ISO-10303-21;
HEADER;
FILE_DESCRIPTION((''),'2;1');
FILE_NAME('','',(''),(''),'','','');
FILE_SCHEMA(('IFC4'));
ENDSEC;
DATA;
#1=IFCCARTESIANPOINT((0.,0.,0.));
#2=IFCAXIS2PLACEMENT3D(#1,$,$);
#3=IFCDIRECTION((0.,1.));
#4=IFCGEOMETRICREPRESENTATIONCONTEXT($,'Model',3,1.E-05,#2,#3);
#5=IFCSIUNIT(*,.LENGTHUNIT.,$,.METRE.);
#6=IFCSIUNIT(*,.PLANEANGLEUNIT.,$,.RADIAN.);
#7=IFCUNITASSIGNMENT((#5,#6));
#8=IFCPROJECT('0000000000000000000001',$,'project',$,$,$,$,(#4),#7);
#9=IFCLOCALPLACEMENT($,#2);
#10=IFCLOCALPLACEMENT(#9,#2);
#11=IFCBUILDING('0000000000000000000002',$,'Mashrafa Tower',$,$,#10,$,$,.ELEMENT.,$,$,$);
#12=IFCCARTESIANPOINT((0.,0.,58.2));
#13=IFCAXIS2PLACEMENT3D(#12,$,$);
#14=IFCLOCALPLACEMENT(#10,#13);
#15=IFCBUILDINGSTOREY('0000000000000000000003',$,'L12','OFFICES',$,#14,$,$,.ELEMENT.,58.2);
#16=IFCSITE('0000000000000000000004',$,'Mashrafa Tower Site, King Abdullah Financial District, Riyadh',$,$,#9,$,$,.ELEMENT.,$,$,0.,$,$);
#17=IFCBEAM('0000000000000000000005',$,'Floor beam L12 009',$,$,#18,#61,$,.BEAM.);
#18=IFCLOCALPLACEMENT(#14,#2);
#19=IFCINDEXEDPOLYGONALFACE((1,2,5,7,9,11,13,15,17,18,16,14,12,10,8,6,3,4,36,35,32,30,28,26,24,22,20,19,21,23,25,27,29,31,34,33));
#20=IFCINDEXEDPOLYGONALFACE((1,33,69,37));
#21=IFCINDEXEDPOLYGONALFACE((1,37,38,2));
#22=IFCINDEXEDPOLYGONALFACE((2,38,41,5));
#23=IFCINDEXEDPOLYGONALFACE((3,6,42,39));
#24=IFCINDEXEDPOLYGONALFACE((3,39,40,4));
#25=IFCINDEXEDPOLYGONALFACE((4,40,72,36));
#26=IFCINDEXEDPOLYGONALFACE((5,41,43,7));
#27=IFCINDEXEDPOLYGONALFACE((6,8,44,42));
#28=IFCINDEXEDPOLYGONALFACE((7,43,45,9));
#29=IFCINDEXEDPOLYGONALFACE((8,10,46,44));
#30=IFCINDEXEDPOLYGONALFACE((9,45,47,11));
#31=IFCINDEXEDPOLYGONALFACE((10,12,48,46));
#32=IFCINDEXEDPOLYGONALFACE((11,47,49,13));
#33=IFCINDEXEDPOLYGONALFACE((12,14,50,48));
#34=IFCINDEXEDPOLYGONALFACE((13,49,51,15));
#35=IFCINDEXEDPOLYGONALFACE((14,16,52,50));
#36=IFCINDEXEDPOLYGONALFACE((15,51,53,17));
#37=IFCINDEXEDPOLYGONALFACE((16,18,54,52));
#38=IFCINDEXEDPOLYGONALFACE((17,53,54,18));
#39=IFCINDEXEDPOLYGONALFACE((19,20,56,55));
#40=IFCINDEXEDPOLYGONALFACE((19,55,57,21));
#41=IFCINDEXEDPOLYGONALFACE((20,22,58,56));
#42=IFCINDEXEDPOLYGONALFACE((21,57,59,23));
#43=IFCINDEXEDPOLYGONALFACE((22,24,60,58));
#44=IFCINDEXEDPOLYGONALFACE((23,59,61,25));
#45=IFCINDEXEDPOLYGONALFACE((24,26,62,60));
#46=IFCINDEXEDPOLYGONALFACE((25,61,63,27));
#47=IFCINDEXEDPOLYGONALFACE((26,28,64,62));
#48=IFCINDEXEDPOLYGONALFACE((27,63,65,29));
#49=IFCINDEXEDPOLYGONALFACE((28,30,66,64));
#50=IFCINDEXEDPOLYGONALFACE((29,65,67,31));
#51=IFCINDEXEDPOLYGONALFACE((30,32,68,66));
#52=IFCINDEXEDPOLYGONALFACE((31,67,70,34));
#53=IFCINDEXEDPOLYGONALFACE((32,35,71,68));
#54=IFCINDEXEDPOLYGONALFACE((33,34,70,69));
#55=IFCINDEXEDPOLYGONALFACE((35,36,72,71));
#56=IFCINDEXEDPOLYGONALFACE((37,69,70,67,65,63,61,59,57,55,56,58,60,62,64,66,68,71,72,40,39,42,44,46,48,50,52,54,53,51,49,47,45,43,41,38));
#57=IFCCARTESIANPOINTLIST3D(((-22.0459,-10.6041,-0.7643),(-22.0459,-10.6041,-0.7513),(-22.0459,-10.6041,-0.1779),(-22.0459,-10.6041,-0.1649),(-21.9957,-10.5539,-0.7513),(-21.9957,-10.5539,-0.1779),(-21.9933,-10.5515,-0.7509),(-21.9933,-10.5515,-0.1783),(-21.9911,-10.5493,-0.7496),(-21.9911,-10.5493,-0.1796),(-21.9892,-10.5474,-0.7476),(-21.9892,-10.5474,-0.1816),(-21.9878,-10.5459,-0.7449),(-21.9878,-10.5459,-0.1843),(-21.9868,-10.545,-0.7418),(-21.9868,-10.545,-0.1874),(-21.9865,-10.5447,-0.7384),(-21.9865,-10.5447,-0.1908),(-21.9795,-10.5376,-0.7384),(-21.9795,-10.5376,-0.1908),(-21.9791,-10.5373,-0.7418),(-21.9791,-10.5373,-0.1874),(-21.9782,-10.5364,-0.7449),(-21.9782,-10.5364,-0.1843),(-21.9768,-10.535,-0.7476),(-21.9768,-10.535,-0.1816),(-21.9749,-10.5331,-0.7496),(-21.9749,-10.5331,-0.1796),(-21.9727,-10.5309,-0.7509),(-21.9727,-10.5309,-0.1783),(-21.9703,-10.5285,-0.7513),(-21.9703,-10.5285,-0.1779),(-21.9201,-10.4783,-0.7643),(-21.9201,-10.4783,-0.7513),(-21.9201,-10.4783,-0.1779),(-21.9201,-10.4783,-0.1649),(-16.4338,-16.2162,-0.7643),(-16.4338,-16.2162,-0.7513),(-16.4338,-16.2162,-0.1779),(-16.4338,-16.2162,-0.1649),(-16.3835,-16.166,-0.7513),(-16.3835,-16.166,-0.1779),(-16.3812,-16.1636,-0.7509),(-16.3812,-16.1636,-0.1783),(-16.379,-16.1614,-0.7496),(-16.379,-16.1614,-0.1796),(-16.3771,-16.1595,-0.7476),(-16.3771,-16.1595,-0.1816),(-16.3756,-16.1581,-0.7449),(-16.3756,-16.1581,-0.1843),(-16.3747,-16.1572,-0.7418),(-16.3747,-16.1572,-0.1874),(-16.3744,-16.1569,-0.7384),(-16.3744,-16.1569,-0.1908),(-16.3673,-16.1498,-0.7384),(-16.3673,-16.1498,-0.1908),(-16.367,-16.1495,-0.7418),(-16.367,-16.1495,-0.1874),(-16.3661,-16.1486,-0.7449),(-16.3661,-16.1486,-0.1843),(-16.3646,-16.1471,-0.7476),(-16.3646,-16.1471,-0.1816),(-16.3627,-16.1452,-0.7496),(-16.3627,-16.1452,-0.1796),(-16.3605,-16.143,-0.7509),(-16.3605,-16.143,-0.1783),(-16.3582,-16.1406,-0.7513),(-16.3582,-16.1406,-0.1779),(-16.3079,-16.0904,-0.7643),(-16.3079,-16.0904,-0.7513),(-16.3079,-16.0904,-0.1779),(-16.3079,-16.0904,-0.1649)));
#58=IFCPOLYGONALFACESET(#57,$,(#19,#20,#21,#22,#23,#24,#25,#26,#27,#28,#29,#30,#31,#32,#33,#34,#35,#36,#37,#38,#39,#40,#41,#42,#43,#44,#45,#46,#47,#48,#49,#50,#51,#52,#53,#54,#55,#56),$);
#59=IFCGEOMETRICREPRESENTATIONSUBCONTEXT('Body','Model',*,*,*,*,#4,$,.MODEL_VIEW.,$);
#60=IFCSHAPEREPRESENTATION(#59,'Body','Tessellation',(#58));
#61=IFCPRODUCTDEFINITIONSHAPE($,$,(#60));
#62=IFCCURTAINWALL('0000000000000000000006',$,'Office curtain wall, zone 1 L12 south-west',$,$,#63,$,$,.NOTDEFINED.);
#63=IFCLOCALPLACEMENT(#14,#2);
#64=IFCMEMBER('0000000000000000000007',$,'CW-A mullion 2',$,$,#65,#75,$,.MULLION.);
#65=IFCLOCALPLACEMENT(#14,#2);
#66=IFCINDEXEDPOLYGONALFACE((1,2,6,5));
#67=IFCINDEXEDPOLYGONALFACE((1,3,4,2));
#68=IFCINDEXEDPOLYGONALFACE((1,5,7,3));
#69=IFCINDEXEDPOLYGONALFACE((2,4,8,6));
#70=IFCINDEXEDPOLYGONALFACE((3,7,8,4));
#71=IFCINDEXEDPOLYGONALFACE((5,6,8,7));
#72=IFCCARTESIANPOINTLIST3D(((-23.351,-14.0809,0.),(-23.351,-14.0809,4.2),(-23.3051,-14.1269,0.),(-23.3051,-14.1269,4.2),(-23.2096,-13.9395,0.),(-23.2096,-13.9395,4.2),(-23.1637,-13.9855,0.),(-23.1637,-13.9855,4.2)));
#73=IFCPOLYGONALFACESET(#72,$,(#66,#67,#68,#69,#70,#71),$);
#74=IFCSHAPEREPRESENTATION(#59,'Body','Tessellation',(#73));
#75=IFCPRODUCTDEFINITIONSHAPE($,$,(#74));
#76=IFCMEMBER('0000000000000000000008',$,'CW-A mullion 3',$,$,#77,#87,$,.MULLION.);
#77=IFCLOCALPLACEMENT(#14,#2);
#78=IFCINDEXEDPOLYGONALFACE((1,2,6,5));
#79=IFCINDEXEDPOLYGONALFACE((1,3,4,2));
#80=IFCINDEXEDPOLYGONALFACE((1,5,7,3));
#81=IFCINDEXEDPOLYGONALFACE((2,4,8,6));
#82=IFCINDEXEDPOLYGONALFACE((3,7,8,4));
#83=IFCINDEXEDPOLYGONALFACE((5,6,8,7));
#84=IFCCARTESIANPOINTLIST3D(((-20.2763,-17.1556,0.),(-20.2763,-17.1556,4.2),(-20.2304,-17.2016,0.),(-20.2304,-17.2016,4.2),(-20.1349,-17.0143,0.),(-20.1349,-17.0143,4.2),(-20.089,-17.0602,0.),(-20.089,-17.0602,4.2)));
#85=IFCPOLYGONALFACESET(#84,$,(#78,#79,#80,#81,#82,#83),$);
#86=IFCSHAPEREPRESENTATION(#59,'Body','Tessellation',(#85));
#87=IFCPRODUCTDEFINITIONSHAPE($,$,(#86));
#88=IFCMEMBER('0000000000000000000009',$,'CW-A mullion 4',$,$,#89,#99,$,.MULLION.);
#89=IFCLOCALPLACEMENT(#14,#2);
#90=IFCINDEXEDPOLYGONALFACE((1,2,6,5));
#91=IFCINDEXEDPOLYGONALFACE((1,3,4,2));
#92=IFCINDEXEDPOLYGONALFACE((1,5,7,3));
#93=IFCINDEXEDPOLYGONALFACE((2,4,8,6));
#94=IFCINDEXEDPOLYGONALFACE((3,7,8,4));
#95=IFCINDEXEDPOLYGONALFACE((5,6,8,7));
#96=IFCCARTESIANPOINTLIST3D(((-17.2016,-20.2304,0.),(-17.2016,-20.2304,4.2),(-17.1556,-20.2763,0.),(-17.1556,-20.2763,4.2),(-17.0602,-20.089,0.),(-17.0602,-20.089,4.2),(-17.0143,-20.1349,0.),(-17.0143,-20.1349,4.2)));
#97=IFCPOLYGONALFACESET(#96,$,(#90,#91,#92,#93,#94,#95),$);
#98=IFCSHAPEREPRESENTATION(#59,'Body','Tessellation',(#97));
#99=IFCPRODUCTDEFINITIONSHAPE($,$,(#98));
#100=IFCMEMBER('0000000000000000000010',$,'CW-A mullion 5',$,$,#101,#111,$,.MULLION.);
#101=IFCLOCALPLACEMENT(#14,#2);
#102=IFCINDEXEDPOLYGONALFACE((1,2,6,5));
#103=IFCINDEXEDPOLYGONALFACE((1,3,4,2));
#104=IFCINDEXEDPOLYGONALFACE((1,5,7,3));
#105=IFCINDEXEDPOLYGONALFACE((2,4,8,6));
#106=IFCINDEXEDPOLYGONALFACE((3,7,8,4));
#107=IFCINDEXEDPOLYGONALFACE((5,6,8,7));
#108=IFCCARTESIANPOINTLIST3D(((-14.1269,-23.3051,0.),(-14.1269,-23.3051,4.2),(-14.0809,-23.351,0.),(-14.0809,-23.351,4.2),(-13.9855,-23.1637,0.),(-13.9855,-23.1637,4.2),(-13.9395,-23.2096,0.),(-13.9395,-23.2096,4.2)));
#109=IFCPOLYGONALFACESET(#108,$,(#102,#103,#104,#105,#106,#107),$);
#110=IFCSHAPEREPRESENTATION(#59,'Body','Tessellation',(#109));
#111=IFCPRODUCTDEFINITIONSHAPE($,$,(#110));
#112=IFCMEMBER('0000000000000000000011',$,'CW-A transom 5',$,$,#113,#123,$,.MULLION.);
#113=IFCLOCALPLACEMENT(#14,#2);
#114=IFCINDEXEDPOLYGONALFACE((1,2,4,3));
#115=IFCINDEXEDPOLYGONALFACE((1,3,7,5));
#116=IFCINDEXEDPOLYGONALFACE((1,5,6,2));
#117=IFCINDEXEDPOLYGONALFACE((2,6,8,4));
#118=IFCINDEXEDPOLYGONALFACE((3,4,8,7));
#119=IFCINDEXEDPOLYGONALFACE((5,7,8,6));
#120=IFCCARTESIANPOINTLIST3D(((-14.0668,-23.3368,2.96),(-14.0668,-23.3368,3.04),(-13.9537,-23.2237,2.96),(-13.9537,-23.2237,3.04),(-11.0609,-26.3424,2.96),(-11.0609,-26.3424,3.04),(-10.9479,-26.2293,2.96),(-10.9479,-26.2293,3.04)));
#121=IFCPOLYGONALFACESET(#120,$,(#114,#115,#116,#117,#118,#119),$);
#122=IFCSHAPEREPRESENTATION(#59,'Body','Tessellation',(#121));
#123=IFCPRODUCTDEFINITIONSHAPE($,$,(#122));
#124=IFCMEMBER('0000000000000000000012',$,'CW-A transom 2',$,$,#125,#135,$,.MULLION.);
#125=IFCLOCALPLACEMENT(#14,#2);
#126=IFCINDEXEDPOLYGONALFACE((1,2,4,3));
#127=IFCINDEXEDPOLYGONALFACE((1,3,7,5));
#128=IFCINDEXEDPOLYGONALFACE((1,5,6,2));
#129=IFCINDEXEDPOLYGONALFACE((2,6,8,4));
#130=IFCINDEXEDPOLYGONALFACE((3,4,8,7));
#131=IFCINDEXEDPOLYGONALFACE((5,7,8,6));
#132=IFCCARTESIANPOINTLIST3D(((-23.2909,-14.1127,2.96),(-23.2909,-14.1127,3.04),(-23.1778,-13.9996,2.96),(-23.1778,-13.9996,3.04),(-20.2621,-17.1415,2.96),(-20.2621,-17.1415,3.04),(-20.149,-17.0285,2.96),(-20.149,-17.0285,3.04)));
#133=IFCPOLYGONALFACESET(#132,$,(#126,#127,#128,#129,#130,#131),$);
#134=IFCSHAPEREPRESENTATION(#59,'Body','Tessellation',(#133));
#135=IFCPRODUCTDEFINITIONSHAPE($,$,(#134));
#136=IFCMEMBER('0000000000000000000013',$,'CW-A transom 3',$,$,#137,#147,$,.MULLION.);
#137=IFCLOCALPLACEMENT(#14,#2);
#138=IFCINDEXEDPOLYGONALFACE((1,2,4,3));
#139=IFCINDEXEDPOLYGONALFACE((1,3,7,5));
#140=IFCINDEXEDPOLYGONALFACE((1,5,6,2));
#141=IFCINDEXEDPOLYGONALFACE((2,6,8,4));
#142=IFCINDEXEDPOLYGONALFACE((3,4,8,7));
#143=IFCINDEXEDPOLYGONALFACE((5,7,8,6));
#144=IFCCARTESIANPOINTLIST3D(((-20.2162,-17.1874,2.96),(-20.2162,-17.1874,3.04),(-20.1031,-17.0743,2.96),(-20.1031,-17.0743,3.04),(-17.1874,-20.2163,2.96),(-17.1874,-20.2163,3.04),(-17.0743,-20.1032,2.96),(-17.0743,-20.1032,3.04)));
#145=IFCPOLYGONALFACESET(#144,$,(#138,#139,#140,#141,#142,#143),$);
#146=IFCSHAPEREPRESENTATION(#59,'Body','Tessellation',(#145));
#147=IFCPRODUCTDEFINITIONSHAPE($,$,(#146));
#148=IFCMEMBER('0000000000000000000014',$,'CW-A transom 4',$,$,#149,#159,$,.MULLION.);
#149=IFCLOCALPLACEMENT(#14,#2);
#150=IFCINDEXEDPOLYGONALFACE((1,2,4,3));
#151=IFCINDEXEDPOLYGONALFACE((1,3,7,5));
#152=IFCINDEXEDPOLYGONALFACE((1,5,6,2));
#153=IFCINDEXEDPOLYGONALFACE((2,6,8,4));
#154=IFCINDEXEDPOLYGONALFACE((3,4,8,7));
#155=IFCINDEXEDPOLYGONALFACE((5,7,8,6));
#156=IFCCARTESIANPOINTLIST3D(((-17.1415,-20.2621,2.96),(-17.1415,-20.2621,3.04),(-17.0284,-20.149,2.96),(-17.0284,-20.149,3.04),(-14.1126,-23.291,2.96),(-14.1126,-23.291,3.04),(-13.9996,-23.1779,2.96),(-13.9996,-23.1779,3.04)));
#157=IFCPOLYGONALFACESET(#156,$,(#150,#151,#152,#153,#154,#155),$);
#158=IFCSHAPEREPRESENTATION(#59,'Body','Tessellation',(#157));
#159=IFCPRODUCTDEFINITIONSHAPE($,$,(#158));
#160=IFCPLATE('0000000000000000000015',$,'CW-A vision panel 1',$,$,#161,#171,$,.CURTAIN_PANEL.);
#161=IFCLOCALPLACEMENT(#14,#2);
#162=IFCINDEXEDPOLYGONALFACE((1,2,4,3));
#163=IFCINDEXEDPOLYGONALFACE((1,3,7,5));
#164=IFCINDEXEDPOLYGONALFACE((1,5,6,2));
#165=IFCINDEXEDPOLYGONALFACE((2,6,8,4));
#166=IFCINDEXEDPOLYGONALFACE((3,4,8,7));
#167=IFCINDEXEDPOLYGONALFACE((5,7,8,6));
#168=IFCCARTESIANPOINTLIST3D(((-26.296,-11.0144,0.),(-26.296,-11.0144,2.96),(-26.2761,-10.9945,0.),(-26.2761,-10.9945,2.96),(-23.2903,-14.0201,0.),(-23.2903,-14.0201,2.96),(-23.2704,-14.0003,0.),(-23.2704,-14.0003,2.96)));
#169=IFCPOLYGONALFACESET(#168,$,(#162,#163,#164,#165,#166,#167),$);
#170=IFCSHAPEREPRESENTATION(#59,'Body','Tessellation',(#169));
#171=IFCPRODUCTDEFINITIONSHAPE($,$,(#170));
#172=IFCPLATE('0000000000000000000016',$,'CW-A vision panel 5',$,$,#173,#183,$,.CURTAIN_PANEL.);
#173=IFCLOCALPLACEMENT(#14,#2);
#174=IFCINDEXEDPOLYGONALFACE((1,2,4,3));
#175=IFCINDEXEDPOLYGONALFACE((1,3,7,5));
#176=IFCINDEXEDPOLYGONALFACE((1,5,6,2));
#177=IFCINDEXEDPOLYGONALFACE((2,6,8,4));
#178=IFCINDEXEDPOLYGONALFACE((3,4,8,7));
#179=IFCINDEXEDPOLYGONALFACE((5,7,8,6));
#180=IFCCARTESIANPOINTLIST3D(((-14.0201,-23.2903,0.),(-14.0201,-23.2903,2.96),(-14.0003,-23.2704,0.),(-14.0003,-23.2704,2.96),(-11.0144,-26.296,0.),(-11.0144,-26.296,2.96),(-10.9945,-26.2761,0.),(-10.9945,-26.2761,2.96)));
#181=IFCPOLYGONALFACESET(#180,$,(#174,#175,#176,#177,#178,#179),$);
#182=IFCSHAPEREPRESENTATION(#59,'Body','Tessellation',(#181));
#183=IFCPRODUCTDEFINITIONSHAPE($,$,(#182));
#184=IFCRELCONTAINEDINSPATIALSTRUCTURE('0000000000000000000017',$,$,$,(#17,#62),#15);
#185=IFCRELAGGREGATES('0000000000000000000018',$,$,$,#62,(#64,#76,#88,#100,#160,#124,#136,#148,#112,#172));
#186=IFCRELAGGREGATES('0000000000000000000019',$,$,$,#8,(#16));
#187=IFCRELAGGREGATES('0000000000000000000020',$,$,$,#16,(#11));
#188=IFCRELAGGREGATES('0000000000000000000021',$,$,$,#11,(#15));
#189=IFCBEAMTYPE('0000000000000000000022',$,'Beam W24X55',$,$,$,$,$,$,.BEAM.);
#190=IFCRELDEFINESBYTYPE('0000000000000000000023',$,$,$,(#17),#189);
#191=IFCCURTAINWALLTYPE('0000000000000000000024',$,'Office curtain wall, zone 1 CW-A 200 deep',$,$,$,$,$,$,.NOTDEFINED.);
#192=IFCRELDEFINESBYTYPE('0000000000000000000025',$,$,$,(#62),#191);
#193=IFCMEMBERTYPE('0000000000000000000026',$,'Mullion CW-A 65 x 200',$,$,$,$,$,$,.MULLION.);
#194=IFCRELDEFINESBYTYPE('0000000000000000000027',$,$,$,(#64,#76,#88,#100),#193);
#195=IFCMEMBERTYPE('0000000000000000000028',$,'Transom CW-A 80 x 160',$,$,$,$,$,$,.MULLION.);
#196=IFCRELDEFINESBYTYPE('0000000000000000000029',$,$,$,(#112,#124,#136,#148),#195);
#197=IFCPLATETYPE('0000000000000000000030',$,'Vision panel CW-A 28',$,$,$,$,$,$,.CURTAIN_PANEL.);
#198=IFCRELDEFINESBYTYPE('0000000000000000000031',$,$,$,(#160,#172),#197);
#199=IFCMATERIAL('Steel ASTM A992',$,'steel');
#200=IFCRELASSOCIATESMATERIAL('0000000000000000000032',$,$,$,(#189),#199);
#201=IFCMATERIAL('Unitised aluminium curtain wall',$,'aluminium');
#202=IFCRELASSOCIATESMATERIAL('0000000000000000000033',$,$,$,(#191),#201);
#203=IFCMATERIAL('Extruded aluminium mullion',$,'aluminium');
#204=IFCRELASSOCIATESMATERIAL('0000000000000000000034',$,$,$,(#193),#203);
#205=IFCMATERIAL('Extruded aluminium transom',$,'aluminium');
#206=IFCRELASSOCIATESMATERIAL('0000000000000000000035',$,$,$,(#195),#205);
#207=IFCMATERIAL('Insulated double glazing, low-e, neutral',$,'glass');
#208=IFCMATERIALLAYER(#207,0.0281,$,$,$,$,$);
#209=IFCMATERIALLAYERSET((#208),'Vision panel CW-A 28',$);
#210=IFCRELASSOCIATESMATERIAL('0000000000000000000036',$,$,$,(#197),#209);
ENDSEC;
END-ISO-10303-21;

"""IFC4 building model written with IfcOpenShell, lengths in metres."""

from ifc_helpers import new_model, si_unit, direction, frame, origin, origin_2d, place, context, subcontext, project, spatial, rectangle, i_section, extrude, source, transform, mapped, material, layer, layer_set, material_profile, profile_set, type_object, type_shapes, element, aggregate, save


model = new_model("IFC4")

# Units and contexts
model_context = context("Model", 3, precision=1e-05, world=origin(), true_north=direction((0.0, 1.0)))
body_context = subcontext(model_context, "Body", "Model", "MODEL_VIEW")
ifc_project = project(units=[si_unit("LENGTHUNIT", "METRE"), si_unit("PLANEANGLEUNIT", "RADIAN")], contexts=[model_context])

# Site, building, storey
site_placement = place(None, origin())
site = spatial("IfcSite", under=ifc_project, at=site_placement, Name="Mashrafa Tower Site, King Abdullah Financial District, Riyadh", CompositionType="ELEMENT", RefElevation=0.0)
building_placement = place(site_placement, origin())
building = spatial("IfcBuilding", under=site, at=building_placement, Name="Mashrafa Tower", CompositionType="ELEMENT")
storey_placement = place(building_placement, frame((0.0, 0.0, 58.2)))
storey = spatial("IfcBuildingStorey", under=building, at=storey_placement, Name="L12", Description="OFFICES", CompositionType="ELEMENT", Elevation=58.2)

# Beam
ifc_material_1 = material(Name="Steel ASTM A992", Category="steel")
ifc_material_profile_1 = material_profile(ifc_material_1, i_section(OverallWidth=0.178, OverallDepth=0.5994, WebThickness=0.01, FlangeThickness=0.0129, FilletRadius=0.0129, at=origin_2d()), Name="W24X55")
ifc_profile_set_1 = profile_set([ifc_material_profile_1], Name="Steel ASTM A992")
beam_type_1 = type_object("IfcBeamType", Name="Beam W24X55", PredefinedType="BEAM", material=ifc_profile_set_1)
beam_1_placement = place(storey_placement, frame((-16.3708, -16.1533, -0.4646), z_axis=(-0.707107, 0.707107, 0.0), x_axis=(-0.707107, -0.707107, 0.0)))
element("IfcBeam", 1, at=beam_1_placement, inside=storey, type_object=beam_type_1, Name="Floor beam L12 009", PredefinedType="BEAM", context=body_context, shape_type="SweptSolid", body=[
    extrude(i_section(OverallWidth=0.178, OverallDepth=0.5994, WebThickness=0.01, FlangeThickness=0.0129, FilletRadius=0.0129, at=origin_2d()), origin(), (0.0, 0.0, 1.0), 7.9368),
])

# Curtain wall, members, plates
ifc_material_2 = material(Name="Unitised aluminium curtain wall", Category="aluminium")
curtain_wall_type = type_object("IfcCurtainWallType", Name="Office curtain wall, zone 1 CW-A 200 deep", PredefinedType="NOTDEFINED", material=ifc_material_2)
curtain_wall_placement = place(storey_placement, origin())
curtain_wall = element("IfcCurtainWall", 2, at=curtain_wall_placement, inside=storey, type_object=curtain_wall_type, Name="Office curtain wall, zone 1 L12 south-west", PredefinedType="NOTDEFINED")
ifc_material_3 = material(Name="Extruded aluminium mullion", Category="aluminium")
ifc_material_profile_2 = material_profile(ifc_material_3, rectangle(XDim=0.2, YDim=0.0649, at=origin_2d()), Name="Mullion 65x200")
ifc_profile_set_2 = profile_set([ifc_material_profile_2], Name="Extruded aluminium mullion")
member_type_1 = type_object("IfcMemberType", Name="Mullion CW-A 65 x 200", PredefinedType="MULLION", material=ifc_profile_set_2)
shared_shape_1 = source(origin(), body_context, "Body", "SweptSolid", [
    extrude(rectangle(XDim=0.2, YDim=0.0649, at=origin_2d()), origin(), (0.0, 0.0, 1.0), 4.2),
])
type_shapes(member_type_1, [shared_shape_1])
member_1_placement = place(storey_placement, frame((-23.2573, -14.0332, 0.0), z_axis=(0.0, 0.0, 1.0), x_axis=(0.707107, 0.707107, 0.0)))
member_1 = element("IfcMember", 3, at=member_1_placement, type_object=member_type_1, Name="CW-A mullion 2", PredefinedType="MULLION", context=body_context, shape_type="MappedRepresentation", body=[
    mapped(shared_shape_1, transform((0.0, 0.0, 0.0))),
])
member_2_placement = place(storey_placement, frame((-20.1826, -17.1079, 0.0), z_axis=(0.0, 0.0, 1.0), x_axis=(0.707107, 0.707107, 0.0)))
member_2 = element("IfcMember", 4, at=member_2_placement, type_object=member_type_1, Name="CW-A mullion 3", PredefinedType="MULLION", context=body_context, shape_type="MappedRepresentation", body=[
    mapped(shared_shape_1, transform((0.0, 0.0, 0.0))),
])
member_3_placement = place(storey_placement, frame((-17.1079, -20.1826, 0.0), z_axis=(0.0, 0.0, 1.0), x_axis=(0.707107, 0.707107, 0.0)))
member_3 = element("IfcMember", 5, at=member_3_placement, type_object=member_type_1, Name="CW-A mullion 4", PredefinedType="MULLION", context=body_context, shape_type="MappedRepresentation", body=[
    mapped(shared_shape_1, transform((0.0, 0.0, 0.0))),
])
member_4_placement = place(storey_placement, frame((-14.0332, -23.2573, 0.0), z_axis=(0.0, 0.0, 1.0), x_axis=(0.707107, 0.707107, 0.0)))
member_4 = element("IfcMember", 6, at=member_4_placement, type_object=member_type_1, Name="CW-A mullion 5", PredefinedType="MULLION", context=body_context, shape_type="MappedRepresentation", body=[
    mapped(shared_shape_1, transform((0.0, 0.0, 0.0))),
])
ifc_material_4 = material(Name="Extruded aluminium transom", Category="aluminium")
ifc_material_profile_3 = material_profile(ifc_material_4, rectangle(XDim=0.1599, YDim=0.0801, at=origin_2d()), Name="Transom 80x160")
ifc_profile_set_3 = profile_set([ifc_material_profile_3], Name="Extruded aluminium transom")
member_type_2 = type_object("IfcMemberType", Name="Transom CW-A 80 x 160", PredefinedType="MULLION", material=ifc_profile_set_3)
shared_shape_2 = source(origin(), body_context, "Body", "SweptSolid", [
    extrude(rectangle(XDim=0.1599, YDim=0.0801, at=origin_2d()), origin(), (0.0, 0.0, 1.0), 4.2507),
])
member_5_placement = place(storey_placement, frame((-14.0103, -23.2803, 3.0), z_axis=(0.707135, -0.707078, 0.0), x_axis=(0.707078, 0.707135, 0.0)))
member_5 = element("IfcMember", 7, at=member_5_placement, type_object=member_type_2, Name="CW-A transom 5", PredefinedType="MULLION", context=body_context, shape_type="MappedRepresentation", body=[
    mapped(shared_shape_2, transform((0.0, 0.0, 0.0))),
])
shared_shape_3 = source(origin(), body_context, "Body", "SweptSolid", [
    extrude(rectangle(XDim=0.1599, YDim=0.0801, at=origin_2d()), origin(), (0.0, 0.0, 1.0), 4.2834),
])
type_shapes(member_type_2, [shared_shape_2, shared_shape_3])
member_6_placement = place(storey_placement, frame((-23.2344, -14.0562, 3.0), z_axis=(0.707107, -0.707107, 0.0), x_axis=(0.707107, 0.707107, 0.0)))
member_6 = element("IfcMember", 8, at=member_6_placement, type_object=member_type_2, Name="CW-A transom 2", PredefinedType="MULLION", context=body_context, shape_type="MappedRepresentation", body=[
    mapped(shared_shape_3, transform((0.0, 0.0, 0.0))),
])
member_7_placement = place(storey_placement, frame((-20.1597, -17.1309, 3.0), z_axis=(0.707107, -0.707107, 0.0), x_axis=(0.707107, 0.707107, 0.0)))
member_7 = element("IfcMember", 9, at=member_7_placement, type_object=member_type_2, Name="CW-A transom 3", PredefinedType="MULLION", context=body_context, shape_type="MappedRepresentation", body=[
    mapped(shared_shape_3, transform((0.0, 0.0, 0.0))),
])
member_8_placement = place(storey_placement, frame((-17.085, -20.2056, 3.0), z_axis=(0.707107, -0.707107, 0.0), x_axis=(0.707107, 0.707107, 0.0)))
member_8 = element("IfcMember", 10, at=member_8_placement, type_object=member_type_2, Name="CW-A transom 4", PredefinedType="MULLION", context=body_context, shape_type="MappedRepresentation", body=[
    mapped(shared_shape_3, transform((0.0, 0.0, 0.0))),
])
ifc_material_5 = material(Name="Insulated double glazing, low-e, neutral", Category="glass")
ifc_layer_1 = layer(ifc_material_5, 0.0281)
ifc_layer_set_1 = layer_set([ifc_layer_1], Name="Vision panel CW-A 28")
plate_type_1 = type_object("IfcPlateType", Name="Vision panel CW-A 28", PredefinedType="CURTAIN_PANEL", material=ifc_layer_set_1)
shared_shape_4 = source(origin(), body_context, "Body", "SweptSolid", [
    extrude(rectangle(XDim=4.2507, YDim=0.0281, at=origin_2d()), origin(), (0.0, 0.0, 1.0), 2.96),
])
plate_1_placement = place(storey_placement, frame((-24.7832, -12.5073, 0.0), z_axis=(0.0, 0.0, 1.0), x_axis=(0.707107, -0.707107, 0.0)))
plate_1 = element("IfcPlate", 11, at=plate_1_placement, type_object=plate_type_1, Name="CW-A vision panel 1", PredefinedType="CURTAIN_PANEL", context=body_context, shape_type="MappedRepresentation", body=[
    mapped(shared_shape_4, transform((0.0, 0.0, 0.0))),
])
plate_2_placement = place(storey_placement, frame((-12.5073, -24.7832, 0.0), z_axis=(0.0, 0.0, 1.0), x_axis=(0.707107, -0.707107, 0.0)))
plate_2 = element("IfcPlate", 12, at=plate_2_placement, type_object=plate_type_1, Name="CW-A vision panel 5", PredefinedType="CURTAIN_PANEL", context=body_context, shape_type="MappedRepresentation", body=[
    mapped(shared_shape_4, transform((0.0, 0.0, 0.0))),
])
aggregate(curtain_wall, [member_1, member_2, member_3, member_4, plate_1, member_6, member_7, member_8, member_5, plate_2])

save(model, "model.ifc")
